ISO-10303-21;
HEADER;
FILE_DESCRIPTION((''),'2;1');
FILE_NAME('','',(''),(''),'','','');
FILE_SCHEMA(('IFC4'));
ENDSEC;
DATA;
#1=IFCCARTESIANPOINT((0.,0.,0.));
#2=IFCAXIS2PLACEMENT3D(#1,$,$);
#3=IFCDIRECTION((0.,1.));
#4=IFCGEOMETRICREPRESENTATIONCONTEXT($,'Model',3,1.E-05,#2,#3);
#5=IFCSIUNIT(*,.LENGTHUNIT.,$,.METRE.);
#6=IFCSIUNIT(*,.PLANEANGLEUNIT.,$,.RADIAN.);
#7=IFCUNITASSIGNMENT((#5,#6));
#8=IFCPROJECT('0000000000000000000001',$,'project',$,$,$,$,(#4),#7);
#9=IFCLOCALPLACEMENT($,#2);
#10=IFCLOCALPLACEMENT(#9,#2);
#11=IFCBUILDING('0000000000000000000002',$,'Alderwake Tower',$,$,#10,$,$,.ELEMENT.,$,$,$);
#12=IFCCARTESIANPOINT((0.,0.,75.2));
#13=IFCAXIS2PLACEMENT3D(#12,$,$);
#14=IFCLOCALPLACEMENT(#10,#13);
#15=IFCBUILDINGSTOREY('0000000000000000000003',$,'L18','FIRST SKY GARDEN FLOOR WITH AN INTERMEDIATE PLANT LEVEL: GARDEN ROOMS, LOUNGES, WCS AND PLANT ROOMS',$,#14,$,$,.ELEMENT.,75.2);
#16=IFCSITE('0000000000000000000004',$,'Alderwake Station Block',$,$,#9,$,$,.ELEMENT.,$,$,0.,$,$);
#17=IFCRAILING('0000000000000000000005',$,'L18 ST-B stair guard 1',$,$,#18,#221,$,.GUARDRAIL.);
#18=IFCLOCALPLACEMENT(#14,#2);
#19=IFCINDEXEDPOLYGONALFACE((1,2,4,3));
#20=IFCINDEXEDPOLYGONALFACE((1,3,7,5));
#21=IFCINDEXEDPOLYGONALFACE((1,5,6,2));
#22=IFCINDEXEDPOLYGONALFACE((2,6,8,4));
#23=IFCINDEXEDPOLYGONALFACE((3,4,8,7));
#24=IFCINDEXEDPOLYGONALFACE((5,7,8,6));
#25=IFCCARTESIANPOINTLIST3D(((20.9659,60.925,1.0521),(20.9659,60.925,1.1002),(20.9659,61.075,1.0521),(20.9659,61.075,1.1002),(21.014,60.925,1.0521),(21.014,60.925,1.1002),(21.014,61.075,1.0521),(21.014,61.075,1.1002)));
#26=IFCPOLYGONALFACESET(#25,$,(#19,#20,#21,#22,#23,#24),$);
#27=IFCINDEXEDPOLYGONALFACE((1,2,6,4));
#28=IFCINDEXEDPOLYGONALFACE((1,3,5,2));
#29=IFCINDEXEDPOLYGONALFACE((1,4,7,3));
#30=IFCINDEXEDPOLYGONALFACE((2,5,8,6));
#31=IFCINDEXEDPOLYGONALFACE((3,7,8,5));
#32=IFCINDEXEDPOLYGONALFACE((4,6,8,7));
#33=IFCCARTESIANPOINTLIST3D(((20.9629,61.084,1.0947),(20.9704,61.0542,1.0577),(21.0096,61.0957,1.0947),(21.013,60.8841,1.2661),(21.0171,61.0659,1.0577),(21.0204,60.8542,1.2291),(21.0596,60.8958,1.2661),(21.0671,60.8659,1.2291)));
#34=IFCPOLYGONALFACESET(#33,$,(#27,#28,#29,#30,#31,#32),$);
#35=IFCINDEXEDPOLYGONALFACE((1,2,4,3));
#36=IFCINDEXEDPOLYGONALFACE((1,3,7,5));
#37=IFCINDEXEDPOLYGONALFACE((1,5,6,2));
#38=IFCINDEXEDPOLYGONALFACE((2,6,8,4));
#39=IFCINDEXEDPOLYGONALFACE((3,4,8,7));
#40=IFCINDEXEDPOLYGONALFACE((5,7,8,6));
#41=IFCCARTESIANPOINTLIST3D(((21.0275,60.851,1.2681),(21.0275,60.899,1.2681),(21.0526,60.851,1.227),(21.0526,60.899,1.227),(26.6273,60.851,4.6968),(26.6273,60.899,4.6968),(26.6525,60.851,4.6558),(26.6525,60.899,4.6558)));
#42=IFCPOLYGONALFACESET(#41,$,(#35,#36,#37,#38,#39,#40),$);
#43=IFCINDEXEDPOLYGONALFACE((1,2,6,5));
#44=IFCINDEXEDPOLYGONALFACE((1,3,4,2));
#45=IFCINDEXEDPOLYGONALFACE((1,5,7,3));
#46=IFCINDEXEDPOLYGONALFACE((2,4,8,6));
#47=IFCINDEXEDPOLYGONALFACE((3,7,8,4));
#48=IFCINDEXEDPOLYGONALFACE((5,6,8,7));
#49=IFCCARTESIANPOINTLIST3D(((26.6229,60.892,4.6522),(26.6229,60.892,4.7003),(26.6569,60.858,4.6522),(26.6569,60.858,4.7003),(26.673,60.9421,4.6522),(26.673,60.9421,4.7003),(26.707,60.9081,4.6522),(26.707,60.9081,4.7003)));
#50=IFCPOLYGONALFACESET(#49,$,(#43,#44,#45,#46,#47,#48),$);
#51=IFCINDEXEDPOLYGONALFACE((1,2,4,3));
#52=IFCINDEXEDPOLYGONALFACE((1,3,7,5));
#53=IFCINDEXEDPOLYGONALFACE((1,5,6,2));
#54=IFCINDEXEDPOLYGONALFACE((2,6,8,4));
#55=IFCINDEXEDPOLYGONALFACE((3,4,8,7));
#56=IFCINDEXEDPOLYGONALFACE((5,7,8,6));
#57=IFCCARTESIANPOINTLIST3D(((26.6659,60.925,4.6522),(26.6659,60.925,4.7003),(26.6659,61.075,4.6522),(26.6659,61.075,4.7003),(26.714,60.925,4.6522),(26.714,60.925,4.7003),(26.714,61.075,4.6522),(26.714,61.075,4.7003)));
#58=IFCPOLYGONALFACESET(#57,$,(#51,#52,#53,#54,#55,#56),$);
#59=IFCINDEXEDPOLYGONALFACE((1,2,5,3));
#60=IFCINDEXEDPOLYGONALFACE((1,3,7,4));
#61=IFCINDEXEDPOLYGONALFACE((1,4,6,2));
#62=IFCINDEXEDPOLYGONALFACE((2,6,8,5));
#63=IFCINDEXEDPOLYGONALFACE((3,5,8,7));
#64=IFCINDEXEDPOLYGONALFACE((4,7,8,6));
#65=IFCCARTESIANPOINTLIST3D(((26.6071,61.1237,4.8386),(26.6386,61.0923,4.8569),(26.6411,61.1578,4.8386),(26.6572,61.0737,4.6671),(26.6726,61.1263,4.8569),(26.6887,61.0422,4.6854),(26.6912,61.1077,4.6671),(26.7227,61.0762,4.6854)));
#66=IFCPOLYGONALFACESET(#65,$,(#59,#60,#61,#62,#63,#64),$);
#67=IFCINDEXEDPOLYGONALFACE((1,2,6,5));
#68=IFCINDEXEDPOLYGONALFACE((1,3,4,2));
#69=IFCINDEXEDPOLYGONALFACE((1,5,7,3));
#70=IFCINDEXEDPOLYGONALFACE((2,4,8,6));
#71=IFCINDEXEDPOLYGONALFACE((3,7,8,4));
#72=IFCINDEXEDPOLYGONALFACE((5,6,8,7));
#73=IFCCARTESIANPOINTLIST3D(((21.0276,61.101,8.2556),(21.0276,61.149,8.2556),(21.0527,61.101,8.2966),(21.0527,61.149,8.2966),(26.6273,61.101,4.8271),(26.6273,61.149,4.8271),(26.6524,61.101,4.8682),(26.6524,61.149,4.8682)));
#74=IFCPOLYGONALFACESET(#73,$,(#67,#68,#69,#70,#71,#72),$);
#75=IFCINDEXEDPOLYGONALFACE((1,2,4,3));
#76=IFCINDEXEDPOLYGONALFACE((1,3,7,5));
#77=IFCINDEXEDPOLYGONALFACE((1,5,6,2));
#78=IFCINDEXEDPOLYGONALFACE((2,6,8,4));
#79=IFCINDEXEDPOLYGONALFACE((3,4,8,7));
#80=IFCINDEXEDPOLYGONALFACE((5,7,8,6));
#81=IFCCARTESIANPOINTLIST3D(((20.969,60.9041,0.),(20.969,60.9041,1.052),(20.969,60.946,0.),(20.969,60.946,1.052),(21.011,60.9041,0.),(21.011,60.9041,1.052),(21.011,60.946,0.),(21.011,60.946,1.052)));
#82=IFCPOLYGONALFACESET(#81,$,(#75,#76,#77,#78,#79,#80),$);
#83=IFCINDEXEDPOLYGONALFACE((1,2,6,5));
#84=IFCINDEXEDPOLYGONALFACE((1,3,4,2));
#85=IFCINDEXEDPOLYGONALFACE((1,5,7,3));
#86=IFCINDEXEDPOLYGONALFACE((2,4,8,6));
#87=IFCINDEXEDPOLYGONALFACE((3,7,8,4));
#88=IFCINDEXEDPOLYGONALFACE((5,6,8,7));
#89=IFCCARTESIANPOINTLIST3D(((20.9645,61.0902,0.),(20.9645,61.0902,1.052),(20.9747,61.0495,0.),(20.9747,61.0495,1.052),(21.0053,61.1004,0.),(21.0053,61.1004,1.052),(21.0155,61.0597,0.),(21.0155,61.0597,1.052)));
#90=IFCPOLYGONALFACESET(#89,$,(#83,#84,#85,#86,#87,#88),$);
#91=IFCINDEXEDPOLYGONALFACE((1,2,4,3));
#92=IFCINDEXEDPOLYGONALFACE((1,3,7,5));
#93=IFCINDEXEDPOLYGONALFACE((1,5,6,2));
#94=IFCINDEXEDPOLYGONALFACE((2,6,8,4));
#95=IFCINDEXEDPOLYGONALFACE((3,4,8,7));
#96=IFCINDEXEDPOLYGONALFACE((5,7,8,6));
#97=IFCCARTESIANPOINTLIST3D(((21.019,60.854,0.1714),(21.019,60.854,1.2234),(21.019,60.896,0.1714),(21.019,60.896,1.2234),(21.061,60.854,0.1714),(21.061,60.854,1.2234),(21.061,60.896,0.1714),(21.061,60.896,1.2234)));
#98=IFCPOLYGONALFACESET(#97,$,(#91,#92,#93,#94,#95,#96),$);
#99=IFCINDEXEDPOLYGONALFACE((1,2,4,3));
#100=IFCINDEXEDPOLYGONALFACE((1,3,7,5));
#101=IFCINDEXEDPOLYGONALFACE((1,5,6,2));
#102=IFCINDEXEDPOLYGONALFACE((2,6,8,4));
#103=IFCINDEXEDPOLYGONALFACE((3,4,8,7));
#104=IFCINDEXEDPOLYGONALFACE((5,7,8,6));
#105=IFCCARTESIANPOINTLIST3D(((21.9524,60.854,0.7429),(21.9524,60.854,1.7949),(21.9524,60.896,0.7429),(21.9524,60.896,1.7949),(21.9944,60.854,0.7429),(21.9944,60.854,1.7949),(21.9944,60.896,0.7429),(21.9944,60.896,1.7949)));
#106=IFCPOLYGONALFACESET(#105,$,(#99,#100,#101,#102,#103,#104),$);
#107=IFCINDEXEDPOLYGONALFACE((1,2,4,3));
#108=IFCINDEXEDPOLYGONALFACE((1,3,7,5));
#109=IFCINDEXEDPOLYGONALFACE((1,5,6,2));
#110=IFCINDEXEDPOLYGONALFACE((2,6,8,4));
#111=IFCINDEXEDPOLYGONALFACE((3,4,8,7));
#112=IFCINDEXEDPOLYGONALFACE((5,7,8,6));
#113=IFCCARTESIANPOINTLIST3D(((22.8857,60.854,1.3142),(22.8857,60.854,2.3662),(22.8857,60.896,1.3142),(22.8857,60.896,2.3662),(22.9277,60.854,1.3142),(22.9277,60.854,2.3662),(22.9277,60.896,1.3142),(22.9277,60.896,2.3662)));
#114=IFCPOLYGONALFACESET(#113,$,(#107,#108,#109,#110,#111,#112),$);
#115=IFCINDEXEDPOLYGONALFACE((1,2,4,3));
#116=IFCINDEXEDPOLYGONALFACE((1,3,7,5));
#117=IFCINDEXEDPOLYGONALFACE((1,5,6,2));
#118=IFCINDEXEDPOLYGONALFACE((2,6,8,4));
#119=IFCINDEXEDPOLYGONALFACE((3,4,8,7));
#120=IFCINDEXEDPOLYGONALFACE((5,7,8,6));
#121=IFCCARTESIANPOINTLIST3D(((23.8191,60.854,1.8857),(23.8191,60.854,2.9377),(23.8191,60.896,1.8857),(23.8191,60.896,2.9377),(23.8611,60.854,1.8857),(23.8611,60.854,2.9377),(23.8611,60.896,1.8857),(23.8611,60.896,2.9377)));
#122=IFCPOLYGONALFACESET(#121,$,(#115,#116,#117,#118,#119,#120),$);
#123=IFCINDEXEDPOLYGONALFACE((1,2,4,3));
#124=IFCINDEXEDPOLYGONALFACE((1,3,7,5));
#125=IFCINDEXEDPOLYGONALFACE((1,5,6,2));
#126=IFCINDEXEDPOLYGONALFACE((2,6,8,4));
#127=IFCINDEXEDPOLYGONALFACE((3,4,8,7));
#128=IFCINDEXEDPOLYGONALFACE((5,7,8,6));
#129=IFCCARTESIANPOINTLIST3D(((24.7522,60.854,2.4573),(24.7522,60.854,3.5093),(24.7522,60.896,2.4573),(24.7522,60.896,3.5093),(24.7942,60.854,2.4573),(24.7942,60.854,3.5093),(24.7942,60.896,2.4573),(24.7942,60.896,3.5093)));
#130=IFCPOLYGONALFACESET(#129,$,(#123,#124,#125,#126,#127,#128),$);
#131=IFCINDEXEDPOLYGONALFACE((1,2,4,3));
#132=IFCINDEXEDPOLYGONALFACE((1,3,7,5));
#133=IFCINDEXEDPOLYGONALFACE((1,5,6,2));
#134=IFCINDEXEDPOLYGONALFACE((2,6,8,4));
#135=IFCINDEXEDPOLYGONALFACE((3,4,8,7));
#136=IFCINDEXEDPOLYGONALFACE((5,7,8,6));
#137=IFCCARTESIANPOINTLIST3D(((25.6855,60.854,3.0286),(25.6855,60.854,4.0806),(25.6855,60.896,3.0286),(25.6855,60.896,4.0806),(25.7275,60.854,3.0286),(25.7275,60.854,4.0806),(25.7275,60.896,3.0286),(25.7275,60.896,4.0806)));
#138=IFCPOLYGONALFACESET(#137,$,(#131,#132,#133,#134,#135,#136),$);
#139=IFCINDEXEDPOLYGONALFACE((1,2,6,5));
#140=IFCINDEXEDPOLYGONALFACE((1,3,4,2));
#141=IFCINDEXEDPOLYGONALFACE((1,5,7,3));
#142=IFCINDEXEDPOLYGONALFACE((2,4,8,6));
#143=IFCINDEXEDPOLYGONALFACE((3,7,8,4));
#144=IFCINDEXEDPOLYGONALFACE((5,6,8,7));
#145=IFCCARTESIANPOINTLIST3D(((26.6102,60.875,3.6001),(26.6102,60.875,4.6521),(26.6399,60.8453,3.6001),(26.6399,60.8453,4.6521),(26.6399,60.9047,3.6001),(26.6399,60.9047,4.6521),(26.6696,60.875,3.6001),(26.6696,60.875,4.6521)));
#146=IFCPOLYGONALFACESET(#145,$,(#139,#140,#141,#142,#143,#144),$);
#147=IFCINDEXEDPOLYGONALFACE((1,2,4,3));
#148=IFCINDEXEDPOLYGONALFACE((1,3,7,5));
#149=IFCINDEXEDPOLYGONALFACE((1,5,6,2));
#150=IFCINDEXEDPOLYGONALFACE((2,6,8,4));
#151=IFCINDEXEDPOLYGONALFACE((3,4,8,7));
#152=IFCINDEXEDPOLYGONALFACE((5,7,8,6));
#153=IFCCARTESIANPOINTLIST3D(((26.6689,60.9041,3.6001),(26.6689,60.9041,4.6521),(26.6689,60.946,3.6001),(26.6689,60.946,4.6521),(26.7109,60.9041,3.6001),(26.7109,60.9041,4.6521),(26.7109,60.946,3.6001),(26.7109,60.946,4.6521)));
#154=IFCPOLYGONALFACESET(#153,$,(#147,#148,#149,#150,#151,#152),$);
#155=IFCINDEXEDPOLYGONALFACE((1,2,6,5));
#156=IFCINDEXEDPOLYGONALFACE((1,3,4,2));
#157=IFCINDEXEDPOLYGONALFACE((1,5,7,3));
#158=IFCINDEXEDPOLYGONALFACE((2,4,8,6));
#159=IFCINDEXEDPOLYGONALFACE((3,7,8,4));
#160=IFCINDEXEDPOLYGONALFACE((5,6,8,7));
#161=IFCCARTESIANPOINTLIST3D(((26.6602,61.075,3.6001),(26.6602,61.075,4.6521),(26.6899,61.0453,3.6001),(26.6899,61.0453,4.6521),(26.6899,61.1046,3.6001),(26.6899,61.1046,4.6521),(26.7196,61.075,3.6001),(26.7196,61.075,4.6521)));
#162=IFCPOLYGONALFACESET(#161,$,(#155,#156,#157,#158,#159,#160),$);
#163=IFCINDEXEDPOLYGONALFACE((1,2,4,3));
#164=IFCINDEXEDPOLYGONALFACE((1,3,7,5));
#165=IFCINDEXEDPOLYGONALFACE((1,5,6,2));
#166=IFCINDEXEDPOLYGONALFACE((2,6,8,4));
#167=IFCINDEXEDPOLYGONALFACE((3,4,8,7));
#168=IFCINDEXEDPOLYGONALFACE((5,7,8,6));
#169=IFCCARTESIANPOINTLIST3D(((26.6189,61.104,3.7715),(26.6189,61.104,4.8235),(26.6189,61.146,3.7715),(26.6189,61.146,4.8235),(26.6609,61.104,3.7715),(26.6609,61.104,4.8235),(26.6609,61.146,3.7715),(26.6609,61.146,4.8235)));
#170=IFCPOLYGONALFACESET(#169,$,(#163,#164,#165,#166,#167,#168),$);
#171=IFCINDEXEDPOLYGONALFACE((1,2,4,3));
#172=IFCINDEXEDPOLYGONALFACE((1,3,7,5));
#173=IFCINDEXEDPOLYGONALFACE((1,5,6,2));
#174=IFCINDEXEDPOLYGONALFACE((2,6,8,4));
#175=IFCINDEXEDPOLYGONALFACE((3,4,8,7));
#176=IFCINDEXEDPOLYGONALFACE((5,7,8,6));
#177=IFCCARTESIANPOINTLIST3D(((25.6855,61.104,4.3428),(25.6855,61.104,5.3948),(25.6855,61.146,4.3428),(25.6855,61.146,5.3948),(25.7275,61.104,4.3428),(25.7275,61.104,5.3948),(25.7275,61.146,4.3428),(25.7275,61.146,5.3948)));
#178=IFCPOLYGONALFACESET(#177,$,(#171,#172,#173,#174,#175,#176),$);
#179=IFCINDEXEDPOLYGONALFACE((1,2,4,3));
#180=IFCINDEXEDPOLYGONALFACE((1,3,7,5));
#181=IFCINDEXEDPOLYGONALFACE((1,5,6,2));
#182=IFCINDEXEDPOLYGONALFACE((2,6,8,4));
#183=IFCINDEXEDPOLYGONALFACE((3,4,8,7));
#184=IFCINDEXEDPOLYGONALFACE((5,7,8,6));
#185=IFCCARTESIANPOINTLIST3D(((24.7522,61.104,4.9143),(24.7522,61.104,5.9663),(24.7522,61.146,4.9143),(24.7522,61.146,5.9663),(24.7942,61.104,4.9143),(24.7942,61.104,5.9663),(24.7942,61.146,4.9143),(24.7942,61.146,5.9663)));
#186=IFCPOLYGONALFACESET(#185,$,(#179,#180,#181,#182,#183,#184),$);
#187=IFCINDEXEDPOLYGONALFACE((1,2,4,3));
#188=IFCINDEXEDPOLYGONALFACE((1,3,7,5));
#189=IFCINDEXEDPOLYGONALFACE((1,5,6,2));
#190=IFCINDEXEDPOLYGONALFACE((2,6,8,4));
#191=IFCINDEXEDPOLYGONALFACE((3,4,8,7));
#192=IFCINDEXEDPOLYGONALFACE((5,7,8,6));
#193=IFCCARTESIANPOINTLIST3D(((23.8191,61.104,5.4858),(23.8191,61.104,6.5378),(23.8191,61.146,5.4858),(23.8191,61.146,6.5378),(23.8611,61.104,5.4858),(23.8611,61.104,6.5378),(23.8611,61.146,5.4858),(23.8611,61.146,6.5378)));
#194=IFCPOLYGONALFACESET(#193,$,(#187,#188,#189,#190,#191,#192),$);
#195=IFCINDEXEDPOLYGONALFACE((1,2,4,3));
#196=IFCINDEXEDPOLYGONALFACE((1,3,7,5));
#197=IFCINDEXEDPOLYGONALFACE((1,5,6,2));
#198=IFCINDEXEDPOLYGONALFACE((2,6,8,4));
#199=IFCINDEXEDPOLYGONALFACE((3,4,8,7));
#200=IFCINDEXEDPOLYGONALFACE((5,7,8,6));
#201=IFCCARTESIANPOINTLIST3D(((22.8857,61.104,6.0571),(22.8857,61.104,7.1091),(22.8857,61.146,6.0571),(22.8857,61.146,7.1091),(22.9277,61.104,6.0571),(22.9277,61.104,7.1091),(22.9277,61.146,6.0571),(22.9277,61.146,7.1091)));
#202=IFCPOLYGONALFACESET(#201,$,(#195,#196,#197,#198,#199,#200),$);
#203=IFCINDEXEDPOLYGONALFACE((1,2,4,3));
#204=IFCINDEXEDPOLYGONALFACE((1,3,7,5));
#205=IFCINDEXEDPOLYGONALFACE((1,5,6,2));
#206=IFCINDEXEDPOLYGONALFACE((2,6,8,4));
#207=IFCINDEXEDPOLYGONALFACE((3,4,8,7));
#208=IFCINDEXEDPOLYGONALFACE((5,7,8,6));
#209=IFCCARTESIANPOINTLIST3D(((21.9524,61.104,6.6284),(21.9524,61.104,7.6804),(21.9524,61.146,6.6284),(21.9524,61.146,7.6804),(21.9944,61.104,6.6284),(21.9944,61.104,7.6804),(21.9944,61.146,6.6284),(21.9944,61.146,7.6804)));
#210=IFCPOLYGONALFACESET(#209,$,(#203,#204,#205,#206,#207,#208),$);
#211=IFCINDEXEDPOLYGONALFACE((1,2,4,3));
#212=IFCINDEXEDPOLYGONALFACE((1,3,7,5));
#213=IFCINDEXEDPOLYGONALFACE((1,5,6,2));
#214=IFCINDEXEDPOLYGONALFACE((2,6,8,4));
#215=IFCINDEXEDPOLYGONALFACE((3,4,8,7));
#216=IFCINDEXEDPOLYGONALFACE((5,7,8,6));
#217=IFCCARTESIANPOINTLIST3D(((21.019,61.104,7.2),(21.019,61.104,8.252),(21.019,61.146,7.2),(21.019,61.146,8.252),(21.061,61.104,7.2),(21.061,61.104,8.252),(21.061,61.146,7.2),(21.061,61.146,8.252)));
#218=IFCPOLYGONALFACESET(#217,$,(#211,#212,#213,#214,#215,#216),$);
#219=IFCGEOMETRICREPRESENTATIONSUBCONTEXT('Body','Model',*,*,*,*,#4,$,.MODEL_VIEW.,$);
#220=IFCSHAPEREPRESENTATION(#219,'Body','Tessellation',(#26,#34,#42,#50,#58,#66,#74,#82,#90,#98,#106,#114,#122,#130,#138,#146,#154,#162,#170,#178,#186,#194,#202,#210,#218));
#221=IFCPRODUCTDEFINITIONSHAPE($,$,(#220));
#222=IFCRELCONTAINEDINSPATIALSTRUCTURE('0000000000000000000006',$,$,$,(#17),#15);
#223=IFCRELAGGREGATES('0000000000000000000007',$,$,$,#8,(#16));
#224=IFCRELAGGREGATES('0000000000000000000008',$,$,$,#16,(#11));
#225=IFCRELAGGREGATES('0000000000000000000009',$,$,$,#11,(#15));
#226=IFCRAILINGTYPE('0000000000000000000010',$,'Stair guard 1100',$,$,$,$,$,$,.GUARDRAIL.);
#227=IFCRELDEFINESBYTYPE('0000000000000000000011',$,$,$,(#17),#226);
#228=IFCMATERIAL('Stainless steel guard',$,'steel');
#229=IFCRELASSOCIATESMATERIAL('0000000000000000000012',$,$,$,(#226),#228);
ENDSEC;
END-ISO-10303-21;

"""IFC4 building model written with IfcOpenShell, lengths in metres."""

from ifc_helpers import new_model, si_unit, direction, frame, origin, origin_2d, place, context, subcontext, project, spatial, rectangle, extrude, material, type_object, element, save


model = new_model("IFC4")

# Units and contexts
model_context = context("Model", 3, precision=1e-05, world=origin(), true_north=direction((0.0, 1.0)))
body_context = subcontext(model_context, "Body", "Model", "MODEL_VIEW")
ifc_project = project(units=[si_unit("LENGTHUNIT", "METRE"), si_unit("PLANEANGLEUNIT", "RADIAN")], contexts=[model_context])

# Site, building, storey
site_placement = place(None, origin())
site = spatial("IfcSite", under=ifc_project, at=site_placement, Name="Alderwake Station Block", CompositionType="ELEMENT", RefElevation=0.0)
building_placement = place(site_placement, origin())
building = spatial("IfcBuilding", under=site, at=building_placement, Name="Alderwake Tower", CompositionType="ELEMENT")
storey_placement = place(building_placement, frame((0.0, 0.0, 75.2)))
storey = spatial("IfcBuildingStorey", under=building, at=storey_placement, Name="L18", Description="FIRST SKY GARDEN FLOOR WITH AN INTERMEDIATE PLANT LEVEL: GARDEN ROOMS, LOUNGES, WCS AND PLANT ROOMS", CompositionType="ELEMENT", Elevation=75.2)

# Railing
ifc_material_1 = material(Name="Stainless steel guard", Category="steel")
railing_type_1 = type_object("IfcRailingType", Name="Stair guard 1100", PredefinedType="GUARDRAIL", material=ifc_material_1)
railing_1_placement = place(storey_placement, frame((20.99, 60.925, 0.0)))
element("IfcRailing", 1, at=railing_1_placement, inside=storey, type_object=railing_type_1, Name="L18 ST-B stair guard 1", PredefinedType="GUARDRAIL", context=body_context, shape_type="SweptSolid", body=[
    extrude(rectangle(XDim=0.0481, YDim=0.0481, at=origin_2d()), frame((0.0, 0.0, 1.0762), z_axis=(0.0, 1.0, 0.0), x_axis=(-1.0, 0.0, 0.0)), (0.0, 0.0, 1.0), 0.1499),
    extrude(rectangle(XDim=0.0481, YDim=0.0481, at=origin_2d()), frame((0.0, 0.1499, 1.0762), z_axis=(0.186704, -0.745906, 0.639348), x_axis=(0.970073, 0.242814, 0.0)), (0.0, 0.0, 1.0), 0.2681),
    extrude(rectangle(XDim=0.0481, YDim=0.0481, at=origin_2d()), frame((0.05, -0.05, 1.2476), z_axis=(0.852836, 0.0, 0.522179), x_axis=(0.0, 1.0, 0.0)), (0.0, 0.0, 1.0), 6.5662),
    extrude(rectangle(XDim=0.0481, YDim=0.0481, at=origin_2d()), frame((5.6499, -0.05, 4.6763), z_axis=(0.707107, 0.707107, 0.0), x_axis=(-0.707107, 0.707107, 0.0)), (0.0, 0.0, 1.0), 0.0708),
    extrude(rectangle(XDim=0.0481, YDim=0.0481, at=origin_2d()), frame((5.7, 0.0, 4.6763), z_axis=(0.0, 1.0, 0.0), x_axis=(-1.0, 0.0, 0.0)), (0.0, 0.0, 1.0), 0.1499),
    extrude(rectangle(XDim=0.0481, YDim=0.0481, at=origin_2d()), frame((5.7, 0.1499, 4.6763), z_axis=(-0.269911, 0.269911, 0.924281), x_axis=(-0.707107, -0.707107, 0.0)), (0.0, 0.0, 1.0), 0.1855),
    extrude(rectangle(XDim=0.0481, YDim=0.0481, at=origin_2d()), frame((5.6499, 0.2, 4.8477), z_axis=(-0.852852, 0.0, 0.522152), x_axis=(0.0, -1.0, 0.0)), (0.0, 0.0, 1.0), 6.5659),
    extrude(rectangle(XDim=0.042, YDim=0.042, at=origin_2d()), frame((0.0, 0.0, 0.0), z_axis=(0.0, 0.0, 1.0), x_axis=(0.0, 1.0, 0.0)), (0.0, 0.0, 1.0), 1.052),
    extrude(rectangle(XDim=0.042, YDim=0.042, at=origin_2d()), frame((0.0, 0.1499, 0.0), z_axis=(0.0, 0.0, 1.0), x_axis=(0.242814, -0.970073, 0.0)), (0.0, 0.0, 1.0), 1.052),
    extrude(rectangle(XDim=0.042, YDim=0.042, at=origin_2d()), frame((0.05, -0.05, 0.1714), z_axis=(0.0, 0.0, 1.0), x_axis=(1.0, 0.0, 0.0)), (0.0, 0.0, 1.0), 1.052),
    extrude(rectangle(XDim=0.042, YDim=0.042, at=origin_2d()), frame((0.9834, -0.05, 0.7429), z_axis=(0.0, 0.0, 1.0), x_axis=(1.0, 0.0, 0.0)), (0.0, 0.0, 1.0), 1.052),
    extrude(rectangle(XDim=0.042, YDim=0.042, at=origin_2d()), frame((1.9167, -0.05, 1.3142), z_axis=(0.0, 0.0, 1.0), x_axis=(1.0, 0.0, 0.0)), (0.0, 0.0, 1.0), 1.052),
    extrude(rectangle(XDim=0.042, YDim=0.042, at=origin_2d()), frame((2.8501, -0.05, 1.8857), z_axis=(0.0, 0.0, 1.0), x_axis=(1.0, 0.0, 0.0)), (0.0, 0.0, 1.0), 1.052),
    extrude(rectangle(XDim=0.042, YDim=0.042, at=origin_2d()), frame((3.7832, -0.05, 2.4573), z_axis=(0.0, 0.0, 1.0), x_axis=(1.0, 0.0, 0.0)), (0.0, 0.0, 1.0), 1.052),
    extrude(rectangle(XDim=0.042, YDim=0.042, at=origin_2d()), frame((4.7166, -0.05, 3.0286), z_axis=(0.0, 0.0, 1.0), x_axis=(1.0, 0.0, 0.0)), (0.0, 0.0, 1.0), 1.052),
    extrude(rectangle(XDim=0.042, YDim=0.042, at=origin_2d()), frame((5.6499, -0.05, 3.6001), z_axis=(0.0, 0.0, 1.0), x_axis=(0.707107, 0.707107, 0.0)), (0.0, 0.0, 1.0), 1.052),
    extrude(rectangle(XDim=0.042, YDim=0.042, at=origin_2d()), frame((5.7, 0.0, 3.6001), z_axis=(0.0, 0.0, 1.0), x_axis=(0.0, 1.0, 0.0)), (0.0, 0.0, 1.0), 1.052),
    extrude(rectangle(XDim=0.042, YDim=0.042, at=origin_2d()), frame((5.7, 0.1499, 3.6001), z_axis=(0.0, 0.0, 1.0), x_axis=(-0.707107, 0.707107, 0.0)), (0.0, 0.0, 1.0), 1.052),
    extrude(rectangle(XDim=0.042, YDim=0.042, at=origin_2d()), frame((5.6499, 0.2, 3.7715), z_axis=(0.0, 0.0, 1.0), x_axis=(-1.0, 0.0, 0.0)), (0.0, 0.0, 1.0), 1.052),
    extrude(rectangle(XDim=0.042, YDim=0.042, at=origin_2d()), frame((4.7166, 0.2, 4.3428), z_axis=(0.0, 0.0, 1.0), x_axis=(-1.0, 0.0, 0.0)), (0.0, 0.0, 1.0), 1.052),
    extrude(rectangle(XDim=0.042, YDim=0.042, at=origin_2d()), frame((3.7832, 0.2, 4.9143), z_axis=(0.0, 0.0, 1.0), x_axis=(-1.0, 0.0, 0.0)), (0.0, 0.0, 1.0), 1.052),
    extrude(rectangle(XDim=0.042, YDim=0.042, at=origin_2d()), frame((2.8501, 0.2, 5.4858), z_axis=(0.0, 0.0, 1.0), x_axis=(-1.0, 0.0, 0.0)), (0.0, 0.0, 1.0), 1.052),
    extrude(rectangle(XDim=0.042, YDim=0.042, at=origin_2d()), frame((1.9167, 0.2, 6.0571), z_axis=(0.0, 0.0, 1.0), x_axis=(-1.0, 0.0, 0.0)), (0.0, 0.0, 1.0), 1.052),
    extrude(rectangle(XDim=0.042, YDim=0.042, at=origin_2d()), frame((0.9834, 0.2, 6.6284), z_axis=(0.0, 0.0, 1.0), x_axis=(-1.0, 0.0, 0.0)), (0.0, 0.0, 1.0), 1.052),
    extrude(rectangle(XDim=0.042, YDim=0.042, at=origin_2d()), frame((0.05, 0.2, 7.2), z_axis=(0.0, 0.0, 1.0), x_axis=(-1.0, 0.0, 0.0)), (0.0, 0.0, 1.0), 1.052),
])

save(model, "model.ifc")
